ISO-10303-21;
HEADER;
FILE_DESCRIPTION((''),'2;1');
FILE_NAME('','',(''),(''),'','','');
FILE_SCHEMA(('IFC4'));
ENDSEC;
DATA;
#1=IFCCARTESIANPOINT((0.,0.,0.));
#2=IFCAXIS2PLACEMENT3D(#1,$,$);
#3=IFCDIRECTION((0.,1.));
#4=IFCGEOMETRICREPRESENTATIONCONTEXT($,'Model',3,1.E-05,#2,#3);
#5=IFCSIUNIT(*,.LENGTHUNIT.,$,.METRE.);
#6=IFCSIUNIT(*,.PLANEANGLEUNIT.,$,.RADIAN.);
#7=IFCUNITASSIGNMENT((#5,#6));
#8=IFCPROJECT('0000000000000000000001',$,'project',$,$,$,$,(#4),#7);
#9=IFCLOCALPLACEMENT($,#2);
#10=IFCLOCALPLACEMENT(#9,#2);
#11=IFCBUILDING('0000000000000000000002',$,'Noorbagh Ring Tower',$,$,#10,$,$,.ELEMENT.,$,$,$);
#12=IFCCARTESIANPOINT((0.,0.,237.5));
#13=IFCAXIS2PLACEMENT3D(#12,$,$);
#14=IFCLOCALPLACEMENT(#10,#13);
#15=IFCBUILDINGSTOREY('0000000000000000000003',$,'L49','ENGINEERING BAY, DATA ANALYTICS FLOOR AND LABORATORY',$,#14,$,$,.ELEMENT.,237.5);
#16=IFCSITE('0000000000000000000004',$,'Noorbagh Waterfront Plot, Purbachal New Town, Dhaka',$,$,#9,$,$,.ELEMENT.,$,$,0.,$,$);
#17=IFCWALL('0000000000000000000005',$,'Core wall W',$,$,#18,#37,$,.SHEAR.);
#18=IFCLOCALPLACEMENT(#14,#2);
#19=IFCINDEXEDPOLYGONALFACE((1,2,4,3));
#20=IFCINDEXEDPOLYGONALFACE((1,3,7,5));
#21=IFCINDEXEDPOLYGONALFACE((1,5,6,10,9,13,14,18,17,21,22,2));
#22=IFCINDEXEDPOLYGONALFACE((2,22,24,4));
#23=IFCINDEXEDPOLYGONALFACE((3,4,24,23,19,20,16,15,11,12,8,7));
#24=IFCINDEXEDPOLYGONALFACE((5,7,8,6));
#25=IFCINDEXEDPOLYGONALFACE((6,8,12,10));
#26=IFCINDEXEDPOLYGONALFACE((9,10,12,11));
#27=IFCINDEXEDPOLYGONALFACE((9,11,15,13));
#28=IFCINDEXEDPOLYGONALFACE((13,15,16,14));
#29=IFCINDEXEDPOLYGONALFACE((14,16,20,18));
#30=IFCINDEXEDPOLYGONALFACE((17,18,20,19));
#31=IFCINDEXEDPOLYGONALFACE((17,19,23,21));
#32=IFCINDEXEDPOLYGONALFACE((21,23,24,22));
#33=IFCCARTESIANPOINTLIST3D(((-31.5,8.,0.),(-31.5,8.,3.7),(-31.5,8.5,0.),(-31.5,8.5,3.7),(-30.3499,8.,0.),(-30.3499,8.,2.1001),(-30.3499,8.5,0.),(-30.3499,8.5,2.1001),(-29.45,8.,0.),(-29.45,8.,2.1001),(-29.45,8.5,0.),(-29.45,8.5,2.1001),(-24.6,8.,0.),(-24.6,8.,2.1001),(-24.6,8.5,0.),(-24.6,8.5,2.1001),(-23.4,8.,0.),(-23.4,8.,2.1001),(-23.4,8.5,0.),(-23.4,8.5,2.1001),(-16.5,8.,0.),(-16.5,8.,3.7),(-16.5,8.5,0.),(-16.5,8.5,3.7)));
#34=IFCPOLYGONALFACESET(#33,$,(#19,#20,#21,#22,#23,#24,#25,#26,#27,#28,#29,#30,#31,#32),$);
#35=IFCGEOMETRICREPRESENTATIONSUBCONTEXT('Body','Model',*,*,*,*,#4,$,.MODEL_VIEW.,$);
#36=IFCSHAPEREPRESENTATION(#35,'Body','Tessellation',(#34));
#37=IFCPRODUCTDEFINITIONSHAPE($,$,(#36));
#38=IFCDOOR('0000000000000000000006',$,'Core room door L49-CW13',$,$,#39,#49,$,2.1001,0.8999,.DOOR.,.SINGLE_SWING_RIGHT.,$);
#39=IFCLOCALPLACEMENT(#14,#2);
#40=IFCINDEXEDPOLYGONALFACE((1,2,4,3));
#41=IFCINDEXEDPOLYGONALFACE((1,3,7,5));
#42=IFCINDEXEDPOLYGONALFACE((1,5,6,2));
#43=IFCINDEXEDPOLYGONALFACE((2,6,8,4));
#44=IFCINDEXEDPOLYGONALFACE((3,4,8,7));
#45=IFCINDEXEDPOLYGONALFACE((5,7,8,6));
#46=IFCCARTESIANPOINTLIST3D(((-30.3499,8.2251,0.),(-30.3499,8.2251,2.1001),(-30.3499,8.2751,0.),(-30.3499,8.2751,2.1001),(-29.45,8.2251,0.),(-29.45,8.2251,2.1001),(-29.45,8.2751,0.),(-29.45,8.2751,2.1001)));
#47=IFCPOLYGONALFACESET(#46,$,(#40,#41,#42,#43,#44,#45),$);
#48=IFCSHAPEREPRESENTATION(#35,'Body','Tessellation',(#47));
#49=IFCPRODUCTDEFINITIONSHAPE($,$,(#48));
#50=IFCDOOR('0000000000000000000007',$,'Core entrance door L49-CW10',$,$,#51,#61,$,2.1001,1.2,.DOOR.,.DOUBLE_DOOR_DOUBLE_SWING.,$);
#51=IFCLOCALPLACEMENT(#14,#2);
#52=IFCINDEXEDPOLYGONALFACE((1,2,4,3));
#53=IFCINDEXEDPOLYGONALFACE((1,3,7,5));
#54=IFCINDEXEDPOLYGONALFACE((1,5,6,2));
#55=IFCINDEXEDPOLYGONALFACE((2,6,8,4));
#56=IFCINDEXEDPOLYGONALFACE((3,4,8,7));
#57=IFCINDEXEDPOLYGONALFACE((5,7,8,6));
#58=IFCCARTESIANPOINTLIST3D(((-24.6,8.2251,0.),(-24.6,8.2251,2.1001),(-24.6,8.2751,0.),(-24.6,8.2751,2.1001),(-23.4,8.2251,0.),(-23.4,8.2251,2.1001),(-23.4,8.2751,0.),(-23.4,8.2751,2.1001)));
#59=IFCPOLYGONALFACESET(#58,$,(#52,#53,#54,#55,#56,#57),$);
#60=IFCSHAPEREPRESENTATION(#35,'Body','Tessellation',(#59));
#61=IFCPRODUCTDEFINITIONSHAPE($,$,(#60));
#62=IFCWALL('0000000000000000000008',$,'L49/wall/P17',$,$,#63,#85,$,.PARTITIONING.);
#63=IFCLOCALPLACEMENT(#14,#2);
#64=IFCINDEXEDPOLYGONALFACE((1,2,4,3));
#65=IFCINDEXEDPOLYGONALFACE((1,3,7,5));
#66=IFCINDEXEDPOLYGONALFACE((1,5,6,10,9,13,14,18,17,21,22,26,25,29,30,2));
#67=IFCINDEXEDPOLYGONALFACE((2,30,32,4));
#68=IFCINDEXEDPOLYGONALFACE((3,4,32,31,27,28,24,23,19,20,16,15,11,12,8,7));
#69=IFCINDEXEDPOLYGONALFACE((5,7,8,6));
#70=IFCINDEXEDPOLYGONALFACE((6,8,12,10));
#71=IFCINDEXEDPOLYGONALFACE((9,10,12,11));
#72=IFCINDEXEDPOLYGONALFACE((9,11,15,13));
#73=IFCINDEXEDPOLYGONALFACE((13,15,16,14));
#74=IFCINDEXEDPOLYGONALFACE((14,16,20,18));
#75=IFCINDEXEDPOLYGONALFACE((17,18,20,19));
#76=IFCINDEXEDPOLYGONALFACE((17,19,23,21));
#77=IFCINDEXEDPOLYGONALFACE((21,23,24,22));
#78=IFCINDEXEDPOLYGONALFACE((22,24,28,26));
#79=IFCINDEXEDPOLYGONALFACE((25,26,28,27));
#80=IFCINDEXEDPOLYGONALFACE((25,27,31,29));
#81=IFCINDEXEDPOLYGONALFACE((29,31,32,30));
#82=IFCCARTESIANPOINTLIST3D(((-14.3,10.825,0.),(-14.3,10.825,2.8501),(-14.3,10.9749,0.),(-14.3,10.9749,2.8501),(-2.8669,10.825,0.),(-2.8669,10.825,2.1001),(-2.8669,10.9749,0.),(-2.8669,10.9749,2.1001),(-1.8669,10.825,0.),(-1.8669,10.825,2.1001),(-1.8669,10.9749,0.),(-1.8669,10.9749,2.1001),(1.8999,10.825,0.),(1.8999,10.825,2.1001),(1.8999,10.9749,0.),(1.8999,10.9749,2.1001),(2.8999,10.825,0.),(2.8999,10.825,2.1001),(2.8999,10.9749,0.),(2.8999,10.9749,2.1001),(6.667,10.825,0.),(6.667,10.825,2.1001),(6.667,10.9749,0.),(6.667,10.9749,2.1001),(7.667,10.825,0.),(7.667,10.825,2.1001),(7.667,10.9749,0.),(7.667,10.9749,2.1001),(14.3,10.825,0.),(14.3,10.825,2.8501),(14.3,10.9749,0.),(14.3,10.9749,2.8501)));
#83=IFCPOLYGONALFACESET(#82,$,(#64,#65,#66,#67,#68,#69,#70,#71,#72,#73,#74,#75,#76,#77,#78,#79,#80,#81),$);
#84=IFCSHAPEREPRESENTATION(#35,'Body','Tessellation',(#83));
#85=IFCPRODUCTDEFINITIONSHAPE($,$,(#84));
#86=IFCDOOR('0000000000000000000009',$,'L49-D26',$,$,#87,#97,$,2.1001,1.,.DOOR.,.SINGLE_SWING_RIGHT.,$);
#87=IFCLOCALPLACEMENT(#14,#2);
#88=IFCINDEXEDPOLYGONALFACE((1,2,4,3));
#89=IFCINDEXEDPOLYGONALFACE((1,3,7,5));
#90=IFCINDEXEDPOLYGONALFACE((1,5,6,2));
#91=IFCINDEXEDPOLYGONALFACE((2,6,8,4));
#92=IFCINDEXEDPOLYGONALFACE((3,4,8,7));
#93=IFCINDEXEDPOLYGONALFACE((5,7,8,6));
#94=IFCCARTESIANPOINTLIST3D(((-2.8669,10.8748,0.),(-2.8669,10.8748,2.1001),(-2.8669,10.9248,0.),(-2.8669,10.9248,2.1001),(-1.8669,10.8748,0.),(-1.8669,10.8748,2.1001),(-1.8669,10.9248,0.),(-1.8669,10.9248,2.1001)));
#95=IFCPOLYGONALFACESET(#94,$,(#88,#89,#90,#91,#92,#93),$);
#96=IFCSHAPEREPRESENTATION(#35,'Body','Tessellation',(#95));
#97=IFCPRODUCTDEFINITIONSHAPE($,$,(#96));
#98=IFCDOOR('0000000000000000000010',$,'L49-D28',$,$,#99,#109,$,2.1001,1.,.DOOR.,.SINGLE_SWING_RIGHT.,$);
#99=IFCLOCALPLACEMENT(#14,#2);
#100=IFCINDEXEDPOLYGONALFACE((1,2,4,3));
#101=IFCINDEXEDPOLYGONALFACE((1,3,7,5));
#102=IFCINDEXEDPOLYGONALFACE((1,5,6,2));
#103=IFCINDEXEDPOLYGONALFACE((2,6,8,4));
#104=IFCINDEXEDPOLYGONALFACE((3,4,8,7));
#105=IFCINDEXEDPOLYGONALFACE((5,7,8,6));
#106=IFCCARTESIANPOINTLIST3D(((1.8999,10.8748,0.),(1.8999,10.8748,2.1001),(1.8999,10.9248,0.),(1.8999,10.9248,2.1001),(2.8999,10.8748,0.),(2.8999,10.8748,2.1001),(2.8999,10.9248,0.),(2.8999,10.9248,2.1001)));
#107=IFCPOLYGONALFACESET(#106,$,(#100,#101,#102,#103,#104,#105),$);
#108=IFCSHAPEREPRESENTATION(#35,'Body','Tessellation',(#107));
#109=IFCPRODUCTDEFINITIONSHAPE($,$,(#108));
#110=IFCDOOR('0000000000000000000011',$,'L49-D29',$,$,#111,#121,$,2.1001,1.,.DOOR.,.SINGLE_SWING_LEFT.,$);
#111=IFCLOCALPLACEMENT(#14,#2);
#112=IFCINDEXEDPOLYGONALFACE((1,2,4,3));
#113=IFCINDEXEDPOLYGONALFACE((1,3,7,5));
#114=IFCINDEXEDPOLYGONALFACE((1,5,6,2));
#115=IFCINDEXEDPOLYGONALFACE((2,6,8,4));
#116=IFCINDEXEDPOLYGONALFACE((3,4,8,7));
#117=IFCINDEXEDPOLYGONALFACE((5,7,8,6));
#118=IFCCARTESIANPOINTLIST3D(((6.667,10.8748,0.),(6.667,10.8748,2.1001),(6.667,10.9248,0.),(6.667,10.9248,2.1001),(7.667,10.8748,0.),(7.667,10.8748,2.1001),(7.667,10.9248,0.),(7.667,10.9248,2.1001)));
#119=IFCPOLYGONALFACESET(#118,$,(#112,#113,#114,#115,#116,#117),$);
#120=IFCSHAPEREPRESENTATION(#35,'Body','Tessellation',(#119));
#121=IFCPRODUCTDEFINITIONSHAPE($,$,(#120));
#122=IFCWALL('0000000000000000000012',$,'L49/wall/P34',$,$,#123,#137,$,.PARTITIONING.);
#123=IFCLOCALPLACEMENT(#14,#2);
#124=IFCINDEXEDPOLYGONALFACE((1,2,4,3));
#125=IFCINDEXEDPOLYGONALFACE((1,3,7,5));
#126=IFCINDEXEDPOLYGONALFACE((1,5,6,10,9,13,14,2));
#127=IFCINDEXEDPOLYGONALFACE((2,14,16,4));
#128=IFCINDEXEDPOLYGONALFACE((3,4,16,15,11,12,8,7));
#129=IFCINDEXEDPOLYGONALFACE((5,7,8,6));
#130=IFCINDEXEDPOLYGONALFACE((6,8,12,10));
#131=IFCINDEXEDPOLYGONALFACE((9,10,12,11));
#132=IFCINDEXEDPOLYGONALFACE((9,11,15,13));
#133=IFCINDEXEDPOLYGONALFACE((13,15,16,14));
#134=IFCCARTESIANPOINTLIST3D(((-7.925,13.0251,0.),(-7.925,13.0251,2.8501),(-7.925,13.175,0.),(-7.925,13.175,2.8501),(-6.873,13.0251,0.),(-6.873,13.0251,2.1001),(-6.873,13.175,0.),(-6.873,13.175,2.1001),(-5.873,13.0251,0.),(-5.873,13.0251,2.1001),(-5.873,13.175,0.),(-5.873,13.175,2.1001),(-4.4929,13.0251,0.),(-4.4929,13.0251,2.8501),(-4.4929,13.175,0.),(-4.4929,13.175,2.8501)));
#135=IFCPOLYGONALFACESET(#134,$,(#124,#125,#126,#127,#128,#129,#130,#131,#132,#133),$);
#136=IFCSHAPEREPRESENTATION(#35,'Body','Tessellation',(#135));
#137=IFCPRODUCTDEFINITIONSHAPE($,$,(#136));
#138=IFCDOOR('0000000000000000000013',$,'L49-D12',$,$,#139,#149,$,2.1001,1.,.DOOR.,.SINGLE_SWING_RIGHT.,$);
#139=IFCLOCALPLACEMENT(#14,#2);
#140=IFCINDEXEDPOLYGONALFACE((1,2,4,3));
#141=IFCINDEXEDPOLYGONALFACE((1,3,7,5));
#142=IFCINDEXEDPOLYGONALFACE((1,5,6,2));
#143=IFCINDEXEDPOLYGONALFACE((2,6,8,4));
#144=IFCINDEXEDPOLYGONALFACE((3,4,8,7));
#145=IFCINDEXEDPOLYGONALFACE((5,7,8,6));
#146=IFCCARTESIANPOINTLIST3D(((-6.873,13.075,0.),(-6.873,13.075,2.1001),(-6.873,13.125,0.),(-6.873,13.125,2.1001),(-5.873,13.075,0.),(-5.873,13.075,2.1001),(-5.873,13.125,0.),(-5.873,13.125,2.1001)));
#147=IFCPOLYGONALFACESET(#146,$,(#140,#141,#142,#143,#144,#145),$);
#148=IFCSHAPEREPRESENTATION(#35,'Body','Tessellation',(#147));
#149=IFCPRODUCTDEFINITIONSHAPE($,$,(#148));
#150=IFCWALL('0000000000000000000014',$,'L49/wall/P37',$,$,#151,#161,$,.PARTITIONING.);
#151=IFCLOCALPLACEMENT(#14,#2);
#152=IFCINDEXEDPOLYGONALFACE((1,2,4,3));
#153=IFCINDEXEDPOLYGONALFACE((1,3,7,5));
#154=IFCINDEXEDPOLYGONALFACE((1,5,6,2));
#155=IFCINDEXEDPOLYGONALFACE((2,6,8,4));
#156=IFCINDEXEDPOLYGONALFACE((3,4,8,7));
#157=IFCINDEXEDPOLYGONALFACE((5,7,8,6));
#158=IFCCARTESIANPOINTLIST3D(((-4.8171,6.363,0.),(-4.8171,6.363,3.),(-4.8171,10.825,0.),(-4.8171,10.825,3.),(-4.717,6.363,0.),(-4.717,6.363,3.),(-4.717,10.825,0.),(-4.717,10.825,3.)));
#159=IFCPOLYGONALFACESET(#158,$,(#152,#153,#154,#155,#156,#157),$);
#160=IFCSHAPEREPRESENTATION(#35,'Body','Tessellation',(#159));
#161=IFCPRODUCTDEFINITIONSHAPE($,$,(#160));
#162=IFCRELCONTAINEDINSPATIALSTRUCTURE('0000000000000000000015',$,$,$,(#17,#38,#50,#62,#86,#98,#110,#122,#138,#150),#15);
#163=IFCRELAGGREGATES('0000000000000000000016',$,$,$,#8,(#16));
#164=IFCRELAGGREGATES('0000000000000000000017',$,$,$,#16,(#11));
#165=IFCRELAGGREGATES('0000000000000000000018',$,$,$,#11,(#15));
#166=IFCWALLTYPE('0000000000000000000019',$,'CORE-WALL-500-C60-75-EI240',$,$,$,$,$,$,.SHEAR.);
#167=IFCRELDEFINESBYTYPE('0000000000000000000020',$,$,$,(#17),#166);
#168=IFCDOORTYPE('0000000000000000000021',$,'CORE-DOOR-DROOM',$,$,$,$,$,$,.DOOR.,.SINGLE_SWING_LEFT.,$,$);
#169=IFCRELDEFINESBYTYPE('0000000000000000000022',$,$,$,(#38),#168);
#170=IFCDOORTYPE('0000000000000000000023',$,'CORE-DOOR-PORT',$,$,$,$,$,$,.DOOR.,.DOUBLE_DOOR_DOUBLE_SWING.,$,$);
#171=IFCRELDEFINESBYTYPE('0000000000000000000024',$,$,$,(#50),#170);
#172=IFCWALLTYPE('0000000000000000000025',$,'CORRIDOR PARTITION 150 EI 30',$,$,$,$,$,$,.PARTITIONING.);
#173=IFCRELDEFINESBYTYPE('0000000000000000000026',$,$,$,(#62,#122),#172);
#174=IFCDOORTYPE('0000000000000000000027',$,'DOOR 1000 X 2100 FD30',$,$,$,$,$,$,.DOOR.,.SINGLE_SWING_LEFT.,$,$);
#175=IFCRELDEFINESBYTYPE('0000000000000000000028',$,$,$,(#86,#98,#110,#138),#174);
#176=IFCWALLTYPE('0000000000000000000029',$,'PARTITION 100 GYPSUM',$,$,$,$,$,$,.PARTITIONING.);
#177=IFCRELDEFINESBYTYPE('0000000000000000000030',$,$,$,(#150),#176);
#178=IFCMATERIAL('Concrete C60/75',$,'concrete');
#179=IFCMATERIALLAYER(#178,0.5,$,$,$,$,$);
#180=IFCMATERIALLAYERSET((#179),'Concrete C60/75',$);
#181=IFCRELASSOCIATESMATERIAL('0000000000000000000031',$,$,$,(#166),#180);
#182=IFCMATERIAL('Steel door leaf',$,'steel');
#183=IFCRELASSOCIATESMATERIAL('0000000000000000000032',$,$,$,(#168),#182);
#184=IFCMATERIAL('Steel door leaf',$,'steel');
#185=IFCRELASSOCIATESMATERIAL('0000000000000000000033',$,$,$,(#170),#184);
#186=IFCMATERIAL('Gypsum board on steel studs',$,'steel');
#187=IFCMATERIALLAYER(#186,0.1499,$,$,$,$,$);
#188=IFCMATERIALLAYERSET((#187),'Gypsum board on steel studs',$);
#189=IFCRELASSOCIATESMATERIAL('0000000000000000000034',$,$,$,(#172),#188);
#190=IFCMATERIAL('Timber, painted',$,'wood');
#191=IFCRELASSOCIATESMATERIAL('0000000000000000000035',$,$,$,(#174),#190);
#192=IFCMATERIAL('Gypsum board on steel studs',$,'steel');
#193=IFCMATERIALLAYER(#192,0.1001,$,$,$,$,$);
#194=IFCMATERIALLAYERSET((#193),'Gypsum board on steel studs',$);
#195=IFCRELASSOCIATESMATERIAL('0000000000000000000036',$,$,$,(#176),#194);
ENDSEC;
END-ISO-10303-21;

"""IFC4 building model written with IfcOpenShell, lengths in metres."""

from ifc_helpers import new_model, si_unit, direction, frame, frame_2d, origin, place, context, subcontext, project, spatial, rectangle, extrude, material, layer, layer_set, type_object, element, fill, save


model = new_model("IFC4")

# Units and contexts
model_context = context("Model", 3, precision=1e-05, world=origin(), true_north=direction((0.0, 1.0)))
body_context = subcontext(model_context, "Body", "Model", "MODEL_VIEW")
ifc_project = project(units=[si_unit("LENGTHUNIT", "METRE"), si_unit("PLANEANGLEUNIT", "RADIAN")], contexts=[model_context])

# Site, building, storey
site_placement = place(None, origin())
site = spatial("IfcSite", under=ifc_project, at=site_placement, Name="Noorbagh Waterfront Plot, Purbachal New Town, Dhaka", CompositionType="ELEMENT", RefElevation=0.0)
building_placement = place(site_placement, origin())
building = spatial("IfcBuilding", under=site, at=building_placement, Name="Noorbagh Ring Tower", CompositionType="ELEMENT")
storey_placement = place(building_placement, frame((0.0, 0.0, 237.5)))
storey = spatial("IfcBuildingStorey", under=building, at=storey_placement, Name="L49", Description="ENGINEERING BAY, DATA ANALYTICS FLOOR AND LABORATORY", CompositionType="ELEMENT", Elevation=237.5)

# Walls, openings, doors
ifc_material_1 = material(Name="Concrete C60/75", Category="concrete")
ifc_layer_1 = layer(ifc_material_1, 0.5)
ifc_layer_set_1 = layer_set([ifc_layer_1], Name="Concrete C60/75")
wall_type_1 = type_object("IfcWallType", Name="CORE-WALL-500-C60-75-EI240", PredefinedType="SHEAR", material=ifc_layer_set_1)
wall_1_placement = place(storey_placement, frame((-16.5, 8.25, 0.0), z_axis=(0.0, 0.0, 1.0), x_axis=(-1.0, 0.0, 0.0)))
wall_1 = element("IfcWall", 1, at=wall_1_placement, inside=storey, type_object=wall_type_1, Name="Core wall W", PredefinedType="SHEAR", context=body_context, shape_type="SweptSolid", body=[
    extrude(rectangle(XDim=15.0, YDim=0.5, at=frame_2d((7.5, 0.0))), origin(), (0.0, 0.0, 1.0), 3.7),
])
opening_1_placement = place(wall_1_placement, frame((6.8999, 0.0, 0.0)))
opening_1 = element("IfcOpeningElement", 2, at=opening_1_placement, cuts=wall_1, PredefinedType="OPENING", context=body_context, shape_type="SweptSolid", body=[
    extrude(rectangle(XDim=1.2, YDim=2.1001, at=frame_2d((0.6001, 1.05))), frame((0.0, 0.26, 0.0), z_axis=(0.0, -1.0, 0.0), x_axis=(1.0, 0.0, 0.0)), (0.0, 0.0, 1.0), 0.52),
])
opening_2_placement = place(wall_1_placement, frame((12.95, 0.0, 0.0)))
opening_2 = element("IfcOpeningElement", 3, at=opening_2_placement, cuts=wall_1, PredefinedType="OPENING", context=body_context, shape_type="SweptSolid", body=[
    extrude(rectangle(XDim=0.8999, YDim=2.1001, at=frame_2d((0.45, 1.05))), frame((0.0, 0.26, 0.0), z_axis=(0.0, -1.0, 0.0), x_axis=(1.0, 0.0, 0.0)), (0.0, 0.0, 1.0), 0.52),
])
ifc_material_2 = material(Name="Steel door leaf", Category="steel")
door_type_1 = type_object("IfcDoorType", Name="CORE-DOOR-DROOM", OperationType="SINGLE_SWING_LEFT", PredefinedType="DOOR", material=ifc_material_2)
door_1_placement = place(opening_2_placement, origin())
door_1 = element("IfcDoor", 4, at=door_1_placement, inside=storey, type_object=door_type_1, Name="Core room door L49-CW13", OperationType="SINGLE_SWING_RIGHT", OverallHeight=2.1001, OverallWidth=0.8999, PredefinedType="DOOR", context=body_context, shape_type="SweptSolid", body=[
    extrude(rectangle(XDim=0.8999, YDim=2.1001, at=frame_2d((0.45, 1.05))), frame((0.0, 0.0249, 0.0), z_axis=(0.0, -1.0, 0.0), x_axis=(1.0, 0.0, 0.0)), (0.0, 0.0, 1.0), 0.05),
])
fill(opening_2, door_1)
ifc_material_3 = material(Name="Steel door leaf", Category="steel")
door_type_2 = type_object("IfcDoorType", Name="CORE-DOOR-PORT", OperationType="DOUBLE_DOOR_DOUBLE_SWING", PredefinedType="DOOR", material=ifc_material_3)
door_2_placement = place(opening_1_placement, origin())
door_2 = element("IfcDoor", 5, at=door_2_placement, inside=storey, type_object=door_type_2, Name="Core entrance door L49-CW10", OperationType="DOUBLE_DOOR_DOUBLE_SWING", OverallHeight=2.1001, OverallWidth=1.2, PredefinedType="DOOR", context=body_context, shape_type="SweptSolid", body=[
    extrude(rectangle(XDim=1.2, YDim=2.1001, at=frame_2d((0.6001, 1.05))), frame((0.0, 0.0249, 0.0), z_axis=(0.0, -1.0, 0.0), x_axis=(1.0, 0.0, 0.0)), (0.0, 0.0, 1.0), 0.05),
])
fill(opening_1, door_2)
ifc_material_4 = material(Name="Gypsum board on steel studs", Category="steel")
ifc_layer_2 = layer(ifc_material_4, 0.1499)
ifc_layer_set_2 = layer_set([ifc_layer_2], Name="Gypsum board on steel studs")
wall_type_2 = type_object("IfcWallType", Name="CORRIDOR PARTITION 150 EI 30", PredefinedType="PARTITIONING", material=ifc_layer_set_2)
wall_2_placement = place(storey_placement, frame((-14.3, 10.8999, 0.0), z_axis=(0.0, 0.0, 1.0), x_axis=(1.0, 0.0, 0.0)))
wall_2 = element("IfcWall", 6, at=wall_2_placement, inside=storey, type_object=wall_type_2, Name="L49/wall/P17", PredefinedType="PARTITIONING", context=body_context, shape_type="SweptSolid", body=[
    extrude(rectangle(XDim=28.6001, YDim=0.1499, at=frame_2d((14.3, 0.0))), origin(), (0.0, 0.0, 1.0), 2.8501),
])
opening_3_placement = place(wall_2_placement, frame((11.4331, 0.0, 0.0)))
opening_3 = element("IfcOpeningElement", 7, at=opening_3_placement, cuts=wall_2, PredefinedType="OPENING", context=body_context, shape_type="SweptSolid", body=[
    extrude(rectangle(XDim=1.0, YDim=2.1001, at=frame_2d((0.5, 1.05))), frame((0.0, 0.085, 0.0), z_axis=(0.0, -1.0, 0.0), x_axis=(1.0, 0.0, 0.0)), (0.0, 0.0, 1.0), 0.1699),
])
opening_4_placement = place(wall_2_placement, frame((16.2, 0.0, 0.0)))
opening_4 = element("IfcOpeningElement", 8, at=opening_4_placement, cuts=wall_2, PredefinedType="OPENING", context=body_context, shape_type="SweptSolid", body=[
    extrude(rectangle(XDim=1.0, YDim=2.1001, at=frame_2d((0.5, 1.05))), frame((0.0, 0.085, 0.0), z_axis=(0.0, -1.0, 0.0), x_axis=(1.0, 0.0, 0.0)), (0.0, 0.0, 1.0), 0.1699),
])
opening_5_placement = place(wall_2_placement, frame((20.967, 0.0, 0.0)))
opening_5 = element("IfcOpeningElement", 9, at=opening_5_placement, cuts=wall_2, PredefinedType="OPENING", context=body_context, shape_type="SweptSolid", body=[
    extrude(rectangle(XDim=1.0, YDim=2.1001, at=frame_2d((0.5, 1.05))), frame((0.0, 0.085, 0.0), z_axis=(0.0, -1.0, 0.0), x_axis=(1.0, 0.0, 0.0)), (0.0, 0.0, 1.0), 0.1699),
])
ifc_material_5 = material(Name="Timber, painted", Category="wood")
door_type_3 = type_object("IfcDoorType", Name="DOOR 1000 X 2100 FD30", OperationType="SINGLE_SWING_LEFT", PredefinedType="DOOR", material=ifc_material_5)
door_3_placement = place(opening_3_placement, origin())
door_3 = element("IfcDoor", 10, at=door_3_placement, inside=storey, type_object=door_type_3, Name="L49-D26", OperationType="SINGLE_SWING_RIGHT", OverallHeight=2.1001, OverallWidth=1.0, PredefinedType="DOOR", context=body_context, shape_type="SweptSolid", body=[
    extrude(rectangle(XDim=1.0, YDim=2.1001, at=frame_2d((0.5, 1.05))), frame((0.0, 0.0249, 0.0), z_axis=(0.0, -1.0, 0.0), x_axis=(1.0, 0.0, 0.0)), (0.0, 0.0, 1.0), 0.05),
])
fill(opening_3, door_3)
door_4_placement = place(opening_4_placement, origin())
door_4 = element("IfcDoor", 11, at=door_4_placement, inside=storey, type_object=door_type_3, Name="L49-D28", OperationType="SINGLE_SWING_RIGHT", OverallHeight=2.1001, OverallWidth=1.0, PredefinedType="DOOR", context=body_context, shape_type="SweptSolid", body=[
    extrude(rectangle(XDim=1.0, YDim=2.1001, at=frame_2d((0.5, 1.05))), frame((0.0, 0.0249, 0.0), z_axis=(0.0, -1.0, 0.0), x_axis=(1.0, 0.0, 0.0)), (0.0, 0.0, 1.0), 0.05),
])
fill(opening_4, door_4)
door_5_placement = place(opening_5_placement, origin())
door_5 = element("IfcDoor", 12, at=door_5_placement, inside=storey, type_object=door_type_3, Name="L49-D29", OperationType="SINGLE_SWING_LEFT", OverallHeight=2.1001, OverallWidth=1.0, PredefinedType="DOOR", context=body_context, shape_type="SweptSolid", body=[
    extrude(rectangle(XDim=1.0, YDim=2.1001, at=frame_2d((0.5, 1.05))), frame((0.0, 0.0249, 0.0), z_axis=(0.0, -1.0, 0.0), x_axis=(1.0, 0.0, 0.0)), (0.0, 0.0, 1.0), 0.05),
])
fill(opening_5, door_5)

# Wall, opening, door
wall_3_placement = place(storey_placement, frame((-7.925, 13.1001, 0.0), z_axis=(0.0, 0.0, 1.0), x_axis=(1.0, 0.0, 0.0)))
wall_3 = element("IfcWall", 13, at=wall_3_placement, inside=storey, type_object=wall_type_2, Name="L49/wall/P34", PredefinedType="PARTITIONING", context=body_context, shape_type="SweptSolid", body=[
    extrude(rectangle(XDim=3.4321, YDim=0.1499, at=frame_2d((1.7161, 0.0))), origin(), (0.0, 0.0, 1.0), 2.8501),
])
opening_6_placement = place(wall_3_placement, frame((1.052, 0.0, 0.0)))
opening_6 = element("IfcOpeningElement", 14, at=opening_6_placement, cuts=wall_3, PredefinedType="OPENING", context=body_context, shape_type="SweptSolid", body=[
    extrude(rectangle(XDim=1.0, YDim=2.1001, at=frame_2d((0.5, 1.05))), frame((0.0, 0.085, 0.0), z_axis=(0.0, -1.0, 0.0), x_axis=(1.0, 0.0, 0.0)), (0.0, 0.0, 1.0), 0.1699),
])
door_6_placement = place(opening_6_placement, origin())
door_6 = element("IfcDoor", 15, at=door_6_placement, inside=storey, type_object=door_type_3, Name="L49-D12", OperationType="SINGLE_SWING_RIGHT", OverallHeight=2.1001, OverallWidth=1.0, PredefinedType="DOOR", context=body_context, shape_type="SweptSolid", body=[
    extrude(rectangle(XDim=1.0, YDim=2.1001, at=frame_2d((0.5, 1.05))), frame((0.0, 0.0249, 0.0), z_axis=(0.0, -1.0, 0.0), x_axis=(1.0, 0.0, 0.0)), (0.0, 0.0, 1.0), 0.05),
])
fill(opening_6, door_6)

# Wall
ifc_material_6 = material(Name="Gypsum board on steel studs", Category="steel")
ifc_layer_3 = layer(ifc_material_6, 0.1001)
ifc_layer_set_3 = layer_set([ifc_layer_3], Name="Gypsum board on steel studs")
wall_type_3 = type_object("IfcWallType", Name="PARTITION 100 GYPSUM", PredefinedType="PARTITIONING", material=ifc_layer_set_3)
wall_4_placement = place(storey_placement, frame((-4.7671, 6.363, 0.0), z_axis=(0.0, 0.0, 1.0), x_axis=(0.0, 1.0, 0.0)))
element("IfcWall", 16, at=wall_4_placement, inside=storey, type_object=wall_type_3, Name="L49/wall/P37", PredefinedType="PARTITIONING", context=body_context, shape_type="SweptSolid", body=[
    extrude(rectangle(XDim=4.4619, YDim=0.1001, at=frame_2d((2.231, 0.0))), origin(), (0.0, 0.0, 1.0), 3.0),
])

save(model, "model.ifc")
